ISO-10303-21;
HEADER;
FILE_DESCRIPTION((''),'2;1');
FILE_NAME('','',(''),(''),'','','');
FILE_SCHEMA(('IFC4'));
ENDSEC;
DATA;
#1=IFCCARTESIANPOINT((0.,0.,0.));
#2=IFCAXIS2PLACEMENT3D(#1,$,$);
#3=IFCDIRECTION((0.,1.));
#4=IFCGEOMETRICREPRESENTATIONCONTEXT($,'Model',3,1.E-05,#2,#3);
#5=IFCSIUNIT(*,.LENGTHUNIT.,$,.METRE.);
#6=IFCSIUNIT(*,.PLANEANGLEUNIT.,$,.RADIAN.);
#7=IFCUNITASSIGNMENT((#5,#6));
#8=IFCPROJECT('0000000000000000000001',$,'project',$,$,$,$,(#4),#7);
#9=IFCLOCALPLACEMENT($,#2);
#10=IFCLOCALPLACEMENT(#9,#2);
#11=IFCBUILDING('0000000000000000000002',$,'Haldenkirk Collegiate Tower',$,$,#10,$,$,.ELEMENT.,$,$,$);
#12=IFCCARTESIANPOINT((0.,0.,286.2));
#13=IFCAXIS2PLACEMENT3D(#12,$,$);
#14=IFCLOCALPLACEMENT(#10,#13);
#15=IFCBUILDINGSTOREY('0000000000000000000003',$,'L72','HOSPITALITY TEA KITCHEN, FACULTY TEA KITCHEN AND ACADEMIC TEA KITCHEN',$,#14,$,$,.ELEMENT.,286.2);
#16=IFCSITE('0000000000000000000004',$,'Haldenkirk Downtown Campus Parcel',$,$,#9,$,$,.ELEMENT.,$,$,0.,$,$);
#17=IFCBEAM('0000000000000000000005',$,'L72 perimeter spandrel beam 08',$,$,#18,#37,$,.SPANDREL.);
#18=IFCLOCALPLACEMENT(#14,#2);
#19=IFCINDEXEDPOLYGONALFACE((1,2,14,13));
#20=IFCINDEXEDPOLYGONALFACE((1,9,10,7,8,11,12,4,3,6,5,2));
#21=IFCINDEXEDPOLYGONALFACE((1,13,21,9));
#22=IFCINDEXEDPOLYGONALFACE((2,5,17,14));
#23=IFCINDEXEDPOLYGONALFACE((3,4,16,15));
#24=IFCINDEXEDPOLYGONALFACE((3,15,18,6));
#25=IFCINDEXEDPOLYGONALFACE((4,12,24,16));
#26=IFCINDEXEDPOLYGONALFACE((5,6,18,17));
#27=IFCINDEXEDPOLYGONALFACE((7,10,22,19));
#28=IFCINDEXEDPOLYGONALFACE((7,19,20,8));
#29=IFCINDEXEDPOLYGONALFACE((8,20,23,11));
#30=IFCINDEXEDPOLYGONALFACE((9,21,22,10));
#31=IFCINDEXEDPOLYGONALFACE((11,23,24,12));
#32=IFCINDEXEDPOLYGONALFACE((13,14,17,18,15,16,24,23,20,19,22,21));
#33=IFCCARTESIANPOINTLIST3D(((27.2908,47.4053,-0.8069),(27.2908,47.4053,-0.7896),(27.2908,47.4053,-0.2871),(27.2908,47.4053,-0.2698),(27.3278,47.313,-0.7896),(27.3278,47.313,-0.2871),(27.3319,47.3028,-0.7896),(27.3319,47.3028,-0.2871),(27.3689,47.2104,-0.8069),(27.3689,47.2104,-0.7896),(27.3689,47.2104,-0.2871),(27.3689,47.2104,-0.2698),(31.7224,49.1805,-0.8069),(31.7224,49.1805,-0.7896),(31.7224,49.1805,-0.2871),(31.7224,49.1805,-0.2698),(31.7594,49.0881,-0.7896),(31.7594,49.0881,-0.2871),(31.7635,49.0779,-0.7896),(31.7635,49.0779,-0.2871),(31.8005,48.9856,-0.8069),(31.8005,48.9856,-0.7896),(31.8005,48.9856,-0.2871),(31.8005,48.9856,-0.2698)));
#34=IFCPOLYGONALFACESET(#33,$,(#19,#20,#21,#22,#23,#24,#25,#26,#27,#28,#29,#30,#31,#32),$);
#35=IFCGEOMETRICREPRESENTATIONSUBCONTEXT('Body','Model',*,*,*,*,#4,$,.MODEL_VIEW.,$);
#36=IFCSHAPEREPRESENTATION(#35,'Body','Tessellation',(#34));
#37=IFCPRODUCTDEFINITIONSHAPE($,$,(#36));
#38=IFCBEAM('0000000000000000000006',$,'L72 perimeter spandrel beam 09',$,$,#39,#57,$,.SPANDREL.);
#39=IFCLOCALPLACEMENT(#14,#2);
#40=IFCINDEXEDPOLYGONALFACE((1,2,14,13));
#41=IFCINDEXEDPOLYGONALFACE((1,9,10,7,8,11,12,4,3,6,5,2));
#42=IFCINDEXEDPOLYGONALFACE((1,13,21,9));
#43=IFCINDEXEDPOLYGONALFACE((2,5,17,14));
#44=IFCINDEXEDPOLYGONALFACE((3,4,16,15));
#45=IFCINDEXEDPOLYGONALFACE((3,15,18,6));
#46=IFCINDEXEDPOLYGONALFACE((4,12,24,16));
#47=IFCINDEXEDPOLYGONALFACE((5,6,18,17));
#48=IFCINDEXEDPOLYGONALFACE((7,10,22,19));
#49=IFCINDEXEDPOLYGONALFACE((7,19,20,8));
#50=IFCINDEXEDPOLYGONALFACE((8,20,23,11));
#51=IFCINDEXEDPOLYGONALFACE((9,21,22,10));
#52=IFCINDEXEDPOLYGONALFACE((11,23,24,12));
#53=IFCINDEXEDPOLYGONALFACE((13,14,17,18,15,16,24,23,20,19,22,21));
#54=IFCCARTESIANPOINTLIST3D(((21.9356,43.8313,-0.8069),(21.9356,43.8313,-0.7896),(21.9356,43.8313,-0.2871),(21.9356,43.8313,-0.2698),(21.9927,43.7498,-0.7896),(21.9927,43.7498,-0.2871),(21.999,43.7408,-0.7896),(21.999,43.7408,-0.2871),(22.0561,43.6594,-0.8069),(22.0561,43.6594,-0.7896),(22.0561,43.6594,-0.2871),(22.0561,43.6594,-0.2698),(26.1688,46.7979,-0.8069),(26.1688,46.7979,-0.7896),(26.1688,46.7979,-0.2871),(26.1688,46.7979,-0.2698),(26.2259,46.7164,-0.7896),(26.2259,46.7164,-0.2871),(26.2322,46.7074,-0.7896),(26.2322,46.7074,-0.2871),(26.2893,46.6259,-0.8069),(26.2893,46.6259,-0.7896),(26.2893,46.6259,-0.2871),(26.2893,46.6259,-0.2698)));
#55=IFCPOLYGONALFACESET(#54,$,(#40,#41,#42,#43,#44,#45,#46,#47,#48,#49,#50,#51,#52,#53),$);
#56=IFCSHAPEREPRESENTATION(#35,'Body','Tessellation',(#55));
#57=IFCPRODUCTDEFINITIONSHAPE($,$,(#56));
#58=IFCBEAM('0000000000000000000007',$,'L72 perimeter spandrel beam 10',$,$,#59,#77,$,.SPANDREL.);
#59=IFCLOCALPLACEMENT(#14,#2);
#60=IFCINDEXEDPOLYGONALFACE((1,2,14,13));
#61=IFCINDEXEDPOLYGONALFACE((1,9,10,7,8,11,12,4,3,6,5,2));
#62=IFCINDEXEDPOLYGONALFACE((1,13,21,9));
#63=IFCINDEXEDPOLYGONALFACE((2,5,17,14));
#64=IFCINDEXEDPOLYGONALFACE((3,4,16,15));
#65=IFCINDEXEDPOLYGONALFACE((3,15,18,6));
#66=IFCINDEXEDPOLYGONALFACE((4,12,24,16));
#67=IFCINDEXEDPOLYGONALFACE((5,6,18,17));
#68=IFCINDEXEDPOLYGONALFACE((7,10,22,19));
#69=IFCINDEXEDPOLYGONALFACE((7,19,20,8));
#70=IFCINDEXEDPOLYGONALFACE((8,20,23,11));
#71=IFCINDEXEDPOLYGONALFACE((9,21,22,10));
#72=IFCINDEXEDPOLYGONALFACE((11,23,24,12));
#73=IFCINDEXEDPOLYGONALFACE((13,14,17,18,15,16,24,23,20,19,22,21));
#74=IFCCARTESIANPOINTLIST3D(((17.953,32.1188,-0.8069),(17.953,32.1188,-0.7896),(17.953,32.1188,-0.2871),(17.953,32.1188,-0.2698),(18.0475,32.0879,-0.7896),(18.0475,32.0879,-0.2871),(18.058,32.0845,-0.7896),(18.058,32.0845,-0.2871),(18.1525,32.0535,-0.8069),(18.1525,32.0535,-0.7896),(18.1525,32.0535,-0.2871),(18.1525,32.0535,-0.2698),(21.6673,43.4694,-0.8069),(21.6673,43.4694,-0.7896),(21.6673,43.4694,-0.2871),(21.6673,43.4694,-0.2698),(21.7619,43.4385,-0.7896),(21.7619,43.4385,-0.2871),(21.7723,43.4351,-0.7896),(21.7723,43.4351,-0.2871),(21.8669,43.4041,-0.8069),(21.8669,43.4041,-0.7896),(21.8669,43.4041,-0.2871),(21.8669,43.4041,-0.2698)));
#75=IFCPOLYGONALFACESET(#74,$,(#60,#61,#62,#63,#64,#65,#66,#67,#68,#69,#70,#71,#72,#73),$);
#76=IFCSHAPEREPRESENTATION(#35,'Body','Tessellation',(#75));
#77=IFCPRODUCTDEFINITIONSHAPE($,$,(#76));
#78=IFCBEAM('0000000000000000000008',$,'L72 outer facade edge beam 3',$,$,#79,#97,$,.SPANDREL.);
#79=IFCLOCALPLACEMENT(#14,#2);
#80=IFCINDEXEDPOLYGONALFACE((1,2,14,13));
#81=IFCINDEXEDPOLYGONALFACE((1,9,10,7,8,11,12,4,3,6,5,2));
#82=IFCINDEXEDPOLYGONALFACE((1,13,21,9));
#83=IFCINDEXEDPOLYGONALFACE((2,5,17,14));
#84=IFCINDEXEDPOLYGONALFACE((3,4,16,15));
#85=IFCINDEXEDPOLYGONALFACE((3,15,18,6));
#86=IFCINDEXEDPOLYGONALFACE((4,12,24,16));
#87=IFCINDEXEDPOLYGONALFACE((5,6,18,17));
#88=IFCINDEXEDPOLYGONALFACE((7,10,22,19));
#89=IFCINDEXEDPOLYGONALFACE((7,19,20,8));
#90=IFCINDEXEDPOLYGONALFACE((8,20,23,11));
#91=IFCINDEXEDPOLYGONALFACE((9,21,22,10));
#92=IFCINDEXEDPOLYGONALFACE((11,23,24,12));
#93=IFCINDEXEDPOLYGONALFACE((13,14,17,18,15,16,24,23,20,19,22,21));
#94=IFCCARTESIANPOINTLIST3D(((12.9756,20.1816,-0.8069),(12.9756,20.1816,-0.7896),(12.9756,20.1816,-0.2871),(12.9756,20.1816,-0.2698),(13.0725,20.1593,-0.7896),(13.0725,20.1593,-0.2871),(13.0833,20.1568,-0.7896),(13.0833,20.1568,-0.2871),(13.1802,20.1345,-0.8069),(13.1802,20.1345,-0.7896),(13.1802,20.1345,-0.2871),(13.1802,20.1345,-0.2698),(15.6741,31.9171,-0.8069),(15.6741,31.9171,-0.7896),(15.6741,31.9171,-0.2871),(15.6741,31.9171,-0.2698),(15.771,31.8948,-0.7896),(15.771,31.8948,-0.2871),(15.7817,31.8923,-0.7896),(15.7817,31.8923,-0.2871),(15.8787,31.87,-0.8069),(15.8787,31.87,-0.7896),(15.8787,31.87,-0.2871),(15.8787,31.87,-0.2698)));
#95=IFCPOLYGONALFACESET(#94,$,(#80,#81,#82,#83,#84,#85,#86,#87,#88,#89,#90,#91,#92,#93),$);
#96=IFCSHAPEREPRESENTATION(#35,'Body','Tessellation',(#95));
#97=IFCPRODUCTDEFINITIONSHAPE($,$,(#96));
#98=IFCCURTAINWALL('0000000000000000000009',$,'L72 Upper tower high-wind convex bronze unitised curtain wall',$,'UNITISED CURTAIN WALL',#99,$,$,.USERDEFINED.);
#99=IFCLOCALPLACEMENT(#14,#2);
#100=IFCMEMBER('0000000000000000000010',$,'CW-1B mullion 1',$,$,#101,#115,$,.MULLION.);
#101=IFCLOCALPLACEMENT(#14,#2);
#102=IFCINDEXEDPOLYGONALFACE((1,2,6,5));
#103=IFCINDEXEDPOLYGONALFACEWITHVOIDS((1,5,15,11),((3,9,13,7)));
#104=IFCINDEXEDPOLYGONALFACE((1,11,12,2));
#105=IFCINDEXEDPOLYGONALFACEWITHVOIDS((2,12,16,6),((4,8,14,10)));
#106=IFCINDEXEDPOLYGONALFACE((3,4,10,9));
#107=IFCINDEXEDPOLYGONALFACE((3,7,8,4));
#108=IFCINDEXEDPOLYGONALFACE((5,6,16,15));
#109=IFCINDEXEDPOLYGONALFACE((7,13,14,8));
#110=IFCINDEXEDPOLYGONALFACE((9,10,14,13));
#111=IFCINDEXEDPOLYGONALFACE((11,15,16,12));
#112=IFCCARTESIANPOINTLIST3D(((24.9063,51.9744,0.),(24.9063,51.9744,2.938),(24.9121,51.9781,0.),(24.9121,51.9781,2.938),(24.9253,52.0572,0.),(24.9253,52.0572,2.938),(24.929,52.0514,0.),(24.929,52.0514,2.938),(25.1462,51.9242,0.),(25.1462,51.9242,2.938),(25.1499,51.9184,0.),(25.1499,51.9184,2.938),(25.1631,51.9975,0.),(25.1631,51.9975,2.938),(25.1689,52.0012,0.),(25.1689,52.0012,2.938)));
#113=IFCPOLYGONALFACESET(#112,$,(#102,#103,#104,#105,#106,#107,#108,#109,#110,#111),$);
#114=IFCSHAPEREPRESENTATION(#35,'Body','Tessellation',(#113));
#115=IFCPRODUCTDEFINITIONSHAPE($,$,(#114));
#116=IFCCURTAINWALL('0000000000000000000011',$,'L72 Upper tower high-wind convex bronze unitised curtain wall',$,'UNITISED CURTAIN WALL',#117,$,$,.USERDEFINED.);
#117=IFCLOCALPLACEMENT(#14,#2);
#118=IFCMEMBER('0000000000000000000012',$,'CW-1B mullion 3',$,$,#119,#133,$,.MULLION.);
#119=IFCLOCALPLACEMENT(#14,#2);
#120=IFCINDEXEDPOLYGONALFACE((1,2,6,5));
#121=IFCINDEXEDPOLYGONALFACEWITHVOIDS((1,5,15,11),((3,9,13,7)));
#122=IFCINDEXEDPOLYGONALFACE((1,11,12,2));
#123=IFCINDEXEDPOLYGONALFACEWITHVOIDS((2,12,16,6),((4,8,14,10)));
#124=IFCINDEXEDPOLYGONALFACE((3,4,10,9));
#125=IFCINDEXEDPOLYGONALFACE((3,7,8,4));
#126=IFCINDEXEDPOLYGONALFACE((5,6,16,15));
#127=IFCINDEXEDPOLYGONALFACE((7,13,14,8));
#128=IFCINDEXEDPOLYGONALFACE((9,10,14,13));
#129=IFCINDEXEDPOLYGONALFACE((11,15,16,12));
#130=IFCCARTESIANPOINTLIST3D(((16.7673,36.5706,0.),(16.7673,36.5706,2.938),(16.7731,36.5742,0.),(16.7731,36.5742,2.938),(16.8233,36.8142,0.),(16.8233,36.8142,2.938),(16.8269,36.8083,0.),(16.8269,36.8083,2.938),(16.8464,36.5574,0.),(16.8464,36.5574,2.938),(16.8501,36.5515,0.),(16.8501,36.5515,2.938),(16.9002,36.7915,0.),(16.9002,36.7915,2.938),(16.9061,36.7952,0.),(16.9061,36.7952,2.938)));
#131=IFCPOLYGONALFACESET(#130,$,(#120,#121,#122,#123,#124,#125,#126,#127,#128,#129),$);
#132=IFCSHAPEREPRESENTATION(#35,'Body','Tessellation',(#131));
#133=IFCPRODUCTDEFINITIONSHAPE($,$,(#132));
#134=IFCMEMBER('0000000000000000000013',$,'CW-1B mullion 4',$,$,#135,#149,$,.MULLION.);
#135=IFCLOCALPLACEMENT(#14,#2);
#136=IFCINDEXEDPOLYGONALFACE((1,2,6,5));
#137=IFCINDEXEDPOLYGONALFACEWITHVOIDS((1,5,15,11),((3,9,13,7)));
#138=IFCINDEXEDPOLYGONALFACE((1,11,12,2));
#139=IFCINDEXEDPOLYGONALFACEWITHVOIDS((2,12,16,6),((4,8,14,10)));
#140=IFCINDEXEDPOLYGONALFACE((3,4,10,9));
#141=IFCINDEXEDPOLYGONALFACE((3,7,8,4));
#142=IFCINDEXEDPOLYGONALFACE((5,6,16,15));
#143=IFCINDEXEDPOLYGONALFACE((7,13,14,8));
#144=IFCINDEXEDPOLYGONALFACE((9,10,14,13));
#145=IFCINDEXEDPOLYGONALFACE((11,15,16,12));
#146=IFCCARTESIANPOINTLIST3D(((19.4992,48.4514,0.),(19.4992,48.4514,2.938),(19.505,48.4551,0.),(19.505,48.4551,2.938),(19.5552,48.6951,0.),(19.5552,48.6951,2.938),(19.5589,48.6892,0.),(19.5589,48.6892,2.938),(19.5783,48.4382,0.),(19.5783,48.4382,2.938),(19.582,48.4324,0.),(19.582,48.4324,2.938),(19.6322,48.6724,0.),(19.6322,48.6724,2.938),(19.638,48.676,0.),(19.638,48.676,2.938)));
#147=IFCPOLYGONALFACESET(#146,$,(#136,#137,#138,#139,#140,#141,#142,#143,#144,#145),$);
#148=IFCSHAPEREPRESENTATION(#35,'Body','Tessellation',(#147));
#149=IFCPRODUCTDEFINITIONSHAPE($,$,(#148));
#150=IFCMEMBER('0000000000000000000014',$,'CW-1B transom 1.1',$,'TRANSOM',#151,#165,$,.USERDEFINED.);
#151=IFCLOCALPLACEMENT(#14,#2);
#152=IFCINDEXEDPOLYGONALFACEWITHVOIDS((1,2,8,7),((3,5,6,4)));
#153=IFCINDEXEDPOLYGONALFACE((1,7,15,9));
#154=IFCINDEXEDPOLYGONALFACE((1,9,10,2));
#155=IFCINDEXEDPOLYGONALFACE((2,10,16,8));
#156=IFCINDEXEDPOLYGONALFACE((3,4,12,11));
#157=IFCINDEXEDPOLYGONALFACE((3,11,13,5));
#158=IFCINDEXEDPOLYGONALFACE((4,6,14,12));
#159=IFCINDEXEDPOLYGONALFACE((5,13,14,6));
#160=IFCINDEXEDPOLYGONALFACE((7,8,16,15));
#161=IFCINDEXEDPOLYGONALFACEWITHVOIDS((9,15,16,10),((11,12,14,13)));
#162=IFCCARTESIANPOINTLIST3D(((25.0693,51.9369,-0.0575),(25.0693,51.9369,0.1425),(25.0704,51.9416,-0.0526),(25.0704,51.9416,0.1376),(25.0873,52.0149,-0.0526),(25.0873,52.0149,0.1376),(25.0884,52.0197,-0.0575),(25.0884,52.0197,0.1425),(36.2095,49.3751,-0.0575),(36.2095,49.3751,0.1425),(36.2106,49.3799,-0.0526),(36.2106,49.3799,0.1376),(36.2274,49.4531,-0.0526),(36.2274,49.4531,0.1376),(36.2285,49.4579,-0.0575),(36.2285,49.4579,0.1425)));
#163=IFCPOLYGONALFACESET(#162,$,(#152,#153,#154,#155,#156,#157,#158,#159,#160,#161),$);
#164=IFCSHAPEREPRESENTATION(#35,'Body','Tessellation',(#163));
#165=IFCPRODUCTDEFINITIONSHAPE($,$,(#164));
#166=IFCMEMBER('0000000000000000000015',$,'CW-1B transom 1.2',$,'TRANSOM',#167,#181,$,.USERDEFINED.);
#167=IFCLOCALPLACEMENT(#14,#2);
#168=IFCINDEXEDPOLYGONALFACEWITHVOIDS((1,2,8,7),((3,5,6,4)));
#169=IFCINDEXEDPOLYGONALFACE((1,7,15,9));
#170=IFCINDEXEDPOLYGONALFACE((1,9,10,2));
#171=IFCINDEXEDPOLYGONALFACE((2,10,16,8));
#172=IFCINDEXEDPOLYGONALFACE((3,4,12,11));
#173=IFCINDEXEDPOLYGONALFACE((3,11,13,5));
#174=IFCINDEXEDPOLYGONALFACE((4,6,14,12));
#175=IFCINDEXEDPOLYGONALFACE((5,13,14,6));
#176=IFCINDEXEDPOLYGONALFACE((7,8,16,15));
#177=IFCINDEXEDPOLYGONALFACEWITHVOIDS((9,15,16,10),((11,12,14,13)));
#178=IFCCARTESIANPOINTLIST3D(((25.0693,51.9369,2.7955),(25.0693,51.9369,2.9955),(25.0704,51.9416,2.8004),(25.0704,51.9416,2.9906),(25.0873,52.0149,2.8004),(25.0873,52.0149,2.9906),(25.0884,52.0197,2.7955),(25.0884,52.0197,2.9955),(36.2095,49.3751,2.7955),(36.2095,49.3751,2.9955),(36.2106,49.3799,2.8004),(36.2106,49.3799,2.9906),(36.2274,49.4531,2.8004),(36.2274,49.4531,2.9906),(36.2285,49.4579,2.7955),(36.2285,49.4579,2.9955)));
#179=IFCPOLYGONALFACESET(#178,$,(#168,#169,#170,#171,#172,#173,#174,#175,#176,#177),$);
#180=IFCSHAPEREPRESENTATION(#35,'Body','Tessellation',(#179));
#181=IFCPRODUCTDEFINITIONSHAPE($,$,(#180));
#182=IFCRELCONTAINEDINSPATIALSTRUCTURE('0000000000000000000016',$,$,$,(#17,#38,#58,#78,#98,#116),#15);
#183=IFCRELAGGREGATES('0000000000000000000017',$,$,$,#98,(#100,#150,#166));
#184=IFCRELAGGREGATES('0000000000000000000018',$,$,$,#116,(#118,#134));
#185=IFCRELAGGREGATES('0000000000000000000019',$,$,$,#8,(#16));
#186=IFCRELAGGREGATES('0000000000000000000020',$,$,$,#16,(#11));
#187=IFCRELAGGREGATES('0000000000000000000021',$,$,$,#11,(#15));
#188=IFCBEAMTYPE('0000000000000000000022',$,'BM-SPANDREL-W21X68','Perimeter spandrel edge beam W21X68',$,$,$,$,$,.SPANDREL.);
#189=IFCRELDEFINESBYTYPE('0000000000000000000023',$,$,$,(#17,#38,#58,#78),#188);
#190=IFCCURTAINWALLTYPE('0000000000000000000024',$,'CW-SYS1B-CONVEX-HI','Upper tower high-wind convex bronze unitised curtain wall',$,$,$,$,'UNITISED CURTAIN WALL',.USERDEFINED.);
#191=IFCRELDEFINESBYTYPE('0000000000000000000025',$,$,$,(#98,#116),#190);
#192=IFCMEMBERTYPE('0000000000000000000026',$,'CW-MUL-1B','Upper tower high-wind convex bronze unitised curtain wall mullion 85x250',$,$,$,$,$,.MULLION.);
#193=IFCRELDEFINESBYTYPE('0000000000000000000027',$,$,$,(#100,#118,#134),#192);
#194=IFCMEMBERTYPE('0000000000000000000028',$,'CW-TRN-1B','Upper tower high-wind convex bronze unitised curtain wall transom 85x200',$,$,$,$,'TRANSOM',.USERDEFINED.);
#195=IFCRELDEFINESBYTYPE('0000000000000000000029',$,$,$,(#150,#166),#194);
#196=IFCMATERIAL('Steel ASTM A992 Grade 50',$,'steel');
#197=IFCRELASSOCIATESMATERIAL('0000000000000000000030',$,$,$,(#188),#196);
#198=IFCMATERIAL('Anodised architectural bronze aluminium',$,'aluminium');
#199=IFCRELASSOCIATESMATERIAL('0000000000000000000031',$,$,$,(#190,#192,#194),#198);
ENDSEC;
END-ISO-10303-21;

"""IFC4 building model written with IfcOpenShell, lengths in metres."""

from ifc_helpers import new_model, si_unit, direction, frame, origin, origin_2d, place, context, subcontext, project, spatial, hollow_rectangle, i_section, extrude, material, material_profile, profile_set, type_object, element, aggregate, save


model = new_model("IFC4")

# Units and contexts
model_context = context("Model", 3, precision=1e-05, world=origin(), true_north=direction((0.0, 1.0)))
body_context = subcontext(model_context, "Body", "Model", "MODEL_VIEW")
ifc_project = project(units=[si_unit("LENGTHUNIT", "METRE"), si_unit("PLANEANGLEUNIT", "RADIAN")], contexts=[model_context])

# Site, building, storey
site_placement = place(None, origin())
site = spatial("IfcSite", under=ifc_project, at=site_placement, Name="Haldenkirk Downtown Campus Parcel", CompositionType="ELEMENT", RefElevation=0.0)
building_placement = place(site_placement, origin())
building = spatial("IfcBuilding", under=site, at=building_placement, Name="Haldenkirk Collegiate Tower", CompositionType="ELEMENT")
storey_placement = place(building_placement, frame((0.0, 0.0, 286.2)))
storey = spatial("IfcBuildingStorey", under=building, at=storey_placement, Name="L72", Description="HOSPITALITY TEA KITCHEN, FACULTY TEA KITCHEN AND ACADEMIC TEA KITCHEN", CompositionType="ELEMENT", Elevation=286.2)

# Beams
ifc_material_1 = material(Name="Steel ASTM A992 Grade 50", Category="steel")
ifc_material_profile_1 = material_profile(ifc_material_1, i_section(OverallWidth=0.21, OverallDepth=0.5371, WebThickness=0.011, FlangeThickness=0.0173, at=origin_2d()), Name="W21X68")
ifc_profile_set_1 = profile_set([ifc_material_profile_1], Name="Steel ASTM A992 Grade 50")
beam_type_1 = type_object("IfcBeamType", Name="BM-SPANDREL-W21X68", Description="Perimeter spandrel edge beam W21X68", PredefinedType="SPANDREL", material=ifc_profile_set_1)
beam_1_placement = place(storey_placement, frame((31.7615, 49.083, -0.5383), z_axis=(-0.928297, -0.37184, 0.0), x_axis=(0.37184, -0.928297, 0.0)))
element("IfcBeam", 1, at=beam_1_placement, inside=storey, type_object=beam_type_1, Name="L72 perimeter spandrel beam 08", PredefinedType="SPANDREL", context=body_context, shape_type="SweptSolid", body=[
    extrude(i_section(OverallWidth=0.21, OverallDepth=0.5371, WebThickness=0.011, FlangeThickness=0.0173, at=origin_2d()), origin(), (0.0, 0.0, 1.0), 4.7739),
])
beam_2_placement = place(storey_placement, frame((26.229, 46.7119, -0.5383), z_axis=(-0.818928, -0.573897, 0.0), x_axis=(0.573897, -0.818928, 0.0)))
element("IfcBeam", 2, at=beam_2_placement, inside=storey, type_object=beam_type_1, Name="L72 perimeter spandrel beam 09", PredefinedType="SPANDREL", context=body_context, shape_type="SweptSolid", body=[
    extrude(i_section(OverallWidth=0.21, OverallDepth=0.5371, WebThickness=0.011, FlangeThickness=0.0173, at=origin_2d()), origin(), (0.0, 0.0, 1.0), 5.1692),
])
beam_3_placement = place(storey_placement, frame((21.7671, 43.4368, -0.5383), z_axis=(-0.31101, -0.950407, 0.0), x_axis=(0.950407, -0.31101, 0.0)))
element("IfcBeam", 3, at=beam_3_placement, inside=storey, type_object=beam_type_1, Name="L72 perimeter spandrel beam 10", PredefinedType="SPANDREL", context=body_context, shape_type="SweptSolid", body=[
    extrude(i_section(OverallWidth=0.21, OverallDepth=0.5371, WebThickness=0.011, FlangeThickness=0.0173, at=origin_2d()), origin(), (0.0, 0.0, 1.0), 11.9429),
])
beam_4_placement = place(storey_placement, frame((15.7764, 31.8936, -0.5383), z_axis=(-0.224092, -0.974568, 0.0), x_axis=(0.974568, -0.224092, 0.0)))
element("IfcBeam", 4, at=beam_4_placement, inside=storey, type_object=beam_type_1, Name="L72 outer facade edge beam 3", PredefinedType="SPANDREL", context=body_context, shape_type="SweptSolid", body=[
    extrude(i_section(OverallWidth=0.21, OverallDepth=0.5371, WebThickness=0.011, FlangeThickness=0.0173, at=origin_2d()), origin(), (0.0, 0.0, 1.0), 12.0417),
])

# Curtain wall, member
ifc_material_2 = material(Name="Anodised architectural bronze aluminium", Category="aluminium")
curtain_wall_type = type_object("IfcCurtainWallType", Name="CW-SYS1B-CONVEX-HI", Description="Upper tower high-wind convex bronze unitised curtain wall", ElementType="UNITISED CURTAIN WALL", PredefinedType="USERDEFINED", material=ifc_material_2)
curtain_wall_1_placement = place(storey_placement, origin())
curtain_wall_1 = element("IfcCurtainWall", 5, at=curtain_wall_1_placement, inside=storey, type_object=curtain_wall_type, Name="L72 Upper tower high-wind convex bronze unitised curtain wall", ObjectType="UNITISED CURTAIN WALL", PredefinedType="USERDEFINED")
ifc_material_profile_2 = material_profile(ifc_material_2, hollow_rectangle(XDim=0.085, YDim=0.25, WallThickness=0.0049, at=origin_2d()), Name="CW-MUL-1B")
ifc_profile_set_2 = profile_set([ifc_material_profile_2], Name="Anodised architectural bronze aluminium")
member_type_1 = type_object("IfcMemberType", Name="CW-MUL-1B", Description="Upper tower high-wind convex bronze unitised curtain wall mullion 85x250", PredefinedType="MULLION", material=ifc_profile_set_2)
member_1_placement = place(storey_placement, frame((25.0376, 51.9878, 0.0), z_axis=(0.0, 0.0, 1.0), x_axis=(0.224101, 0.974566, 0.0)))
member_1 = element("IfcMember", 6, at=member_1_placement, type_object=member_type_1, Name="CW-1B mullion 1", PredefinedType="MULLION", context=body_context, shape_type="SweptSolid", body=[
    extrude(hollow_rectangle(XDim=0.085, YDim=0.25, WallThickness=0.0049, at=origin_2d()), origin(), (0.0, 0.0, 1.0), 2.938),
])

# Curtain wall, members
curtain_wall_2_placement = place(storey_placement, origin())
curtain_wall_2 = element("IfcCurtainWall", 7, at=curtain_wall_2_placement, inside=storey, type_object=curtain_wall_type, Name="L72 Upper tower high-wind convex bronze unitised curtain wall", ObjectType="UNITISED CURTAIN WALL", PredefinedType="USERDEFINED")
member_2_placement = place(storey_placement, frame((16.8367, 36.6829, 0.0), z_axis=(0.0, 0.0, 1.0), x_axis=(-0.974566, 0.224101, 0.0)))
member_2 = element("IfcMember", 8, at=member_2_placement, type_object=member_type_1, Name="CW-1B mullion 3", PredefinedType="MULLION", context=body_context, shape_type="SweptSolid", body=[
    extrude(hollow_rectangle(XDim=0.085, YDim=0.25, WallThickness=0.0049, at=origin_2d()), origin(), (0.0, 0.0, 1.0), 2.938),
])
member_3_placement = place(storey_placement, frame((19.5686, 48.5637, 0.0), z_axis=(0.0, 0.0, 1.0), x_axis=(-0.974566, 0.224101, 0.0)))
member_3 = element("IfcMember", 9, at=member_3_placement, type_object=member_type_1, Name="CW-1B mullion 4", PredefinedType="MULLION", context=body_context, shape_type="SweptSolid", body=[
    extrude(hollow_rectangle(XDim=0.085, YDim=0.25, WallThickness=0.0049, at=origin_2d()), origin(), (0.0, 0.0, 1.0), 2.938),
])

# Members
ifc_material_profile_3 = material_profile(ifc_material_2, hollow_rectangle(XDim=0.085, YDim=0.2, WallThickness=0.0049, at=origin_2d()), Name="CW-TRN-1B")
ifc_profile_set_3 = profile_set([ifc_material_profile_3], Name="Anodised architectural bronze aluminium")
member_type_2 = type_object("IfcMemberType", Name="CW-TRN-1B", Description="Upper tower high-wind convex bronze unitised curtain wall transom 85x200", ElementType="TRANSOM", PredefinedType="USERDEFINED", material=ifc_profile_set_3)
member_4_placement = place(storey_placement, frame((25.0789, 51.9783, 0.0425), z_axis=(0.974564, -0.224109, 0.0), x_axis=(0.224109, 0.974564, 0.0)))
member_4 = element("IfcMember", 10, at=member_4_placement, type_object=member_type_2, Name="CW-1B transom 1.1", ObjectType="TRANSOM", PredefinedType="USERDEFINED", context=body_context, shape_type="SweptSolid", body=[
    extrude(hollow_rectangle(XDim=0.085, YDim=0.2, WallThickness=0.0049, at=origin_2d()), origin(), (0.0, 0.0, 1.0), 11.4309),
])
member_5_placement = place(storey_placement, frame((25.0789, 51.9783, 2.8955), z_axis=(0.974564, -0.224109, 0.0), x_axis=(0.224109, 0.974564, 0.0)))
member_5 = element("IfcMember", 11, at=member_5_placement, type_object=member_type_2, Name="CW-1B transom 1.2", ObjectType="TRANSOM", PredefinedType="USERDEFINED", context=body_context, shape_type="SweptSolid", body=[
    extrude(hollow_rectangle(XDim=0.085, YDim=0.2, WallThickness=0.0049, at=origin_2d()), origin(), (0.0, 0.0, 1.0), 11.4309),
])

aggregate(curtain_wall_1, [member_1, member_4, member_5])
aggregate(curtain_wall_2, [member_2, member_3])

save(model, "model.ifc")
